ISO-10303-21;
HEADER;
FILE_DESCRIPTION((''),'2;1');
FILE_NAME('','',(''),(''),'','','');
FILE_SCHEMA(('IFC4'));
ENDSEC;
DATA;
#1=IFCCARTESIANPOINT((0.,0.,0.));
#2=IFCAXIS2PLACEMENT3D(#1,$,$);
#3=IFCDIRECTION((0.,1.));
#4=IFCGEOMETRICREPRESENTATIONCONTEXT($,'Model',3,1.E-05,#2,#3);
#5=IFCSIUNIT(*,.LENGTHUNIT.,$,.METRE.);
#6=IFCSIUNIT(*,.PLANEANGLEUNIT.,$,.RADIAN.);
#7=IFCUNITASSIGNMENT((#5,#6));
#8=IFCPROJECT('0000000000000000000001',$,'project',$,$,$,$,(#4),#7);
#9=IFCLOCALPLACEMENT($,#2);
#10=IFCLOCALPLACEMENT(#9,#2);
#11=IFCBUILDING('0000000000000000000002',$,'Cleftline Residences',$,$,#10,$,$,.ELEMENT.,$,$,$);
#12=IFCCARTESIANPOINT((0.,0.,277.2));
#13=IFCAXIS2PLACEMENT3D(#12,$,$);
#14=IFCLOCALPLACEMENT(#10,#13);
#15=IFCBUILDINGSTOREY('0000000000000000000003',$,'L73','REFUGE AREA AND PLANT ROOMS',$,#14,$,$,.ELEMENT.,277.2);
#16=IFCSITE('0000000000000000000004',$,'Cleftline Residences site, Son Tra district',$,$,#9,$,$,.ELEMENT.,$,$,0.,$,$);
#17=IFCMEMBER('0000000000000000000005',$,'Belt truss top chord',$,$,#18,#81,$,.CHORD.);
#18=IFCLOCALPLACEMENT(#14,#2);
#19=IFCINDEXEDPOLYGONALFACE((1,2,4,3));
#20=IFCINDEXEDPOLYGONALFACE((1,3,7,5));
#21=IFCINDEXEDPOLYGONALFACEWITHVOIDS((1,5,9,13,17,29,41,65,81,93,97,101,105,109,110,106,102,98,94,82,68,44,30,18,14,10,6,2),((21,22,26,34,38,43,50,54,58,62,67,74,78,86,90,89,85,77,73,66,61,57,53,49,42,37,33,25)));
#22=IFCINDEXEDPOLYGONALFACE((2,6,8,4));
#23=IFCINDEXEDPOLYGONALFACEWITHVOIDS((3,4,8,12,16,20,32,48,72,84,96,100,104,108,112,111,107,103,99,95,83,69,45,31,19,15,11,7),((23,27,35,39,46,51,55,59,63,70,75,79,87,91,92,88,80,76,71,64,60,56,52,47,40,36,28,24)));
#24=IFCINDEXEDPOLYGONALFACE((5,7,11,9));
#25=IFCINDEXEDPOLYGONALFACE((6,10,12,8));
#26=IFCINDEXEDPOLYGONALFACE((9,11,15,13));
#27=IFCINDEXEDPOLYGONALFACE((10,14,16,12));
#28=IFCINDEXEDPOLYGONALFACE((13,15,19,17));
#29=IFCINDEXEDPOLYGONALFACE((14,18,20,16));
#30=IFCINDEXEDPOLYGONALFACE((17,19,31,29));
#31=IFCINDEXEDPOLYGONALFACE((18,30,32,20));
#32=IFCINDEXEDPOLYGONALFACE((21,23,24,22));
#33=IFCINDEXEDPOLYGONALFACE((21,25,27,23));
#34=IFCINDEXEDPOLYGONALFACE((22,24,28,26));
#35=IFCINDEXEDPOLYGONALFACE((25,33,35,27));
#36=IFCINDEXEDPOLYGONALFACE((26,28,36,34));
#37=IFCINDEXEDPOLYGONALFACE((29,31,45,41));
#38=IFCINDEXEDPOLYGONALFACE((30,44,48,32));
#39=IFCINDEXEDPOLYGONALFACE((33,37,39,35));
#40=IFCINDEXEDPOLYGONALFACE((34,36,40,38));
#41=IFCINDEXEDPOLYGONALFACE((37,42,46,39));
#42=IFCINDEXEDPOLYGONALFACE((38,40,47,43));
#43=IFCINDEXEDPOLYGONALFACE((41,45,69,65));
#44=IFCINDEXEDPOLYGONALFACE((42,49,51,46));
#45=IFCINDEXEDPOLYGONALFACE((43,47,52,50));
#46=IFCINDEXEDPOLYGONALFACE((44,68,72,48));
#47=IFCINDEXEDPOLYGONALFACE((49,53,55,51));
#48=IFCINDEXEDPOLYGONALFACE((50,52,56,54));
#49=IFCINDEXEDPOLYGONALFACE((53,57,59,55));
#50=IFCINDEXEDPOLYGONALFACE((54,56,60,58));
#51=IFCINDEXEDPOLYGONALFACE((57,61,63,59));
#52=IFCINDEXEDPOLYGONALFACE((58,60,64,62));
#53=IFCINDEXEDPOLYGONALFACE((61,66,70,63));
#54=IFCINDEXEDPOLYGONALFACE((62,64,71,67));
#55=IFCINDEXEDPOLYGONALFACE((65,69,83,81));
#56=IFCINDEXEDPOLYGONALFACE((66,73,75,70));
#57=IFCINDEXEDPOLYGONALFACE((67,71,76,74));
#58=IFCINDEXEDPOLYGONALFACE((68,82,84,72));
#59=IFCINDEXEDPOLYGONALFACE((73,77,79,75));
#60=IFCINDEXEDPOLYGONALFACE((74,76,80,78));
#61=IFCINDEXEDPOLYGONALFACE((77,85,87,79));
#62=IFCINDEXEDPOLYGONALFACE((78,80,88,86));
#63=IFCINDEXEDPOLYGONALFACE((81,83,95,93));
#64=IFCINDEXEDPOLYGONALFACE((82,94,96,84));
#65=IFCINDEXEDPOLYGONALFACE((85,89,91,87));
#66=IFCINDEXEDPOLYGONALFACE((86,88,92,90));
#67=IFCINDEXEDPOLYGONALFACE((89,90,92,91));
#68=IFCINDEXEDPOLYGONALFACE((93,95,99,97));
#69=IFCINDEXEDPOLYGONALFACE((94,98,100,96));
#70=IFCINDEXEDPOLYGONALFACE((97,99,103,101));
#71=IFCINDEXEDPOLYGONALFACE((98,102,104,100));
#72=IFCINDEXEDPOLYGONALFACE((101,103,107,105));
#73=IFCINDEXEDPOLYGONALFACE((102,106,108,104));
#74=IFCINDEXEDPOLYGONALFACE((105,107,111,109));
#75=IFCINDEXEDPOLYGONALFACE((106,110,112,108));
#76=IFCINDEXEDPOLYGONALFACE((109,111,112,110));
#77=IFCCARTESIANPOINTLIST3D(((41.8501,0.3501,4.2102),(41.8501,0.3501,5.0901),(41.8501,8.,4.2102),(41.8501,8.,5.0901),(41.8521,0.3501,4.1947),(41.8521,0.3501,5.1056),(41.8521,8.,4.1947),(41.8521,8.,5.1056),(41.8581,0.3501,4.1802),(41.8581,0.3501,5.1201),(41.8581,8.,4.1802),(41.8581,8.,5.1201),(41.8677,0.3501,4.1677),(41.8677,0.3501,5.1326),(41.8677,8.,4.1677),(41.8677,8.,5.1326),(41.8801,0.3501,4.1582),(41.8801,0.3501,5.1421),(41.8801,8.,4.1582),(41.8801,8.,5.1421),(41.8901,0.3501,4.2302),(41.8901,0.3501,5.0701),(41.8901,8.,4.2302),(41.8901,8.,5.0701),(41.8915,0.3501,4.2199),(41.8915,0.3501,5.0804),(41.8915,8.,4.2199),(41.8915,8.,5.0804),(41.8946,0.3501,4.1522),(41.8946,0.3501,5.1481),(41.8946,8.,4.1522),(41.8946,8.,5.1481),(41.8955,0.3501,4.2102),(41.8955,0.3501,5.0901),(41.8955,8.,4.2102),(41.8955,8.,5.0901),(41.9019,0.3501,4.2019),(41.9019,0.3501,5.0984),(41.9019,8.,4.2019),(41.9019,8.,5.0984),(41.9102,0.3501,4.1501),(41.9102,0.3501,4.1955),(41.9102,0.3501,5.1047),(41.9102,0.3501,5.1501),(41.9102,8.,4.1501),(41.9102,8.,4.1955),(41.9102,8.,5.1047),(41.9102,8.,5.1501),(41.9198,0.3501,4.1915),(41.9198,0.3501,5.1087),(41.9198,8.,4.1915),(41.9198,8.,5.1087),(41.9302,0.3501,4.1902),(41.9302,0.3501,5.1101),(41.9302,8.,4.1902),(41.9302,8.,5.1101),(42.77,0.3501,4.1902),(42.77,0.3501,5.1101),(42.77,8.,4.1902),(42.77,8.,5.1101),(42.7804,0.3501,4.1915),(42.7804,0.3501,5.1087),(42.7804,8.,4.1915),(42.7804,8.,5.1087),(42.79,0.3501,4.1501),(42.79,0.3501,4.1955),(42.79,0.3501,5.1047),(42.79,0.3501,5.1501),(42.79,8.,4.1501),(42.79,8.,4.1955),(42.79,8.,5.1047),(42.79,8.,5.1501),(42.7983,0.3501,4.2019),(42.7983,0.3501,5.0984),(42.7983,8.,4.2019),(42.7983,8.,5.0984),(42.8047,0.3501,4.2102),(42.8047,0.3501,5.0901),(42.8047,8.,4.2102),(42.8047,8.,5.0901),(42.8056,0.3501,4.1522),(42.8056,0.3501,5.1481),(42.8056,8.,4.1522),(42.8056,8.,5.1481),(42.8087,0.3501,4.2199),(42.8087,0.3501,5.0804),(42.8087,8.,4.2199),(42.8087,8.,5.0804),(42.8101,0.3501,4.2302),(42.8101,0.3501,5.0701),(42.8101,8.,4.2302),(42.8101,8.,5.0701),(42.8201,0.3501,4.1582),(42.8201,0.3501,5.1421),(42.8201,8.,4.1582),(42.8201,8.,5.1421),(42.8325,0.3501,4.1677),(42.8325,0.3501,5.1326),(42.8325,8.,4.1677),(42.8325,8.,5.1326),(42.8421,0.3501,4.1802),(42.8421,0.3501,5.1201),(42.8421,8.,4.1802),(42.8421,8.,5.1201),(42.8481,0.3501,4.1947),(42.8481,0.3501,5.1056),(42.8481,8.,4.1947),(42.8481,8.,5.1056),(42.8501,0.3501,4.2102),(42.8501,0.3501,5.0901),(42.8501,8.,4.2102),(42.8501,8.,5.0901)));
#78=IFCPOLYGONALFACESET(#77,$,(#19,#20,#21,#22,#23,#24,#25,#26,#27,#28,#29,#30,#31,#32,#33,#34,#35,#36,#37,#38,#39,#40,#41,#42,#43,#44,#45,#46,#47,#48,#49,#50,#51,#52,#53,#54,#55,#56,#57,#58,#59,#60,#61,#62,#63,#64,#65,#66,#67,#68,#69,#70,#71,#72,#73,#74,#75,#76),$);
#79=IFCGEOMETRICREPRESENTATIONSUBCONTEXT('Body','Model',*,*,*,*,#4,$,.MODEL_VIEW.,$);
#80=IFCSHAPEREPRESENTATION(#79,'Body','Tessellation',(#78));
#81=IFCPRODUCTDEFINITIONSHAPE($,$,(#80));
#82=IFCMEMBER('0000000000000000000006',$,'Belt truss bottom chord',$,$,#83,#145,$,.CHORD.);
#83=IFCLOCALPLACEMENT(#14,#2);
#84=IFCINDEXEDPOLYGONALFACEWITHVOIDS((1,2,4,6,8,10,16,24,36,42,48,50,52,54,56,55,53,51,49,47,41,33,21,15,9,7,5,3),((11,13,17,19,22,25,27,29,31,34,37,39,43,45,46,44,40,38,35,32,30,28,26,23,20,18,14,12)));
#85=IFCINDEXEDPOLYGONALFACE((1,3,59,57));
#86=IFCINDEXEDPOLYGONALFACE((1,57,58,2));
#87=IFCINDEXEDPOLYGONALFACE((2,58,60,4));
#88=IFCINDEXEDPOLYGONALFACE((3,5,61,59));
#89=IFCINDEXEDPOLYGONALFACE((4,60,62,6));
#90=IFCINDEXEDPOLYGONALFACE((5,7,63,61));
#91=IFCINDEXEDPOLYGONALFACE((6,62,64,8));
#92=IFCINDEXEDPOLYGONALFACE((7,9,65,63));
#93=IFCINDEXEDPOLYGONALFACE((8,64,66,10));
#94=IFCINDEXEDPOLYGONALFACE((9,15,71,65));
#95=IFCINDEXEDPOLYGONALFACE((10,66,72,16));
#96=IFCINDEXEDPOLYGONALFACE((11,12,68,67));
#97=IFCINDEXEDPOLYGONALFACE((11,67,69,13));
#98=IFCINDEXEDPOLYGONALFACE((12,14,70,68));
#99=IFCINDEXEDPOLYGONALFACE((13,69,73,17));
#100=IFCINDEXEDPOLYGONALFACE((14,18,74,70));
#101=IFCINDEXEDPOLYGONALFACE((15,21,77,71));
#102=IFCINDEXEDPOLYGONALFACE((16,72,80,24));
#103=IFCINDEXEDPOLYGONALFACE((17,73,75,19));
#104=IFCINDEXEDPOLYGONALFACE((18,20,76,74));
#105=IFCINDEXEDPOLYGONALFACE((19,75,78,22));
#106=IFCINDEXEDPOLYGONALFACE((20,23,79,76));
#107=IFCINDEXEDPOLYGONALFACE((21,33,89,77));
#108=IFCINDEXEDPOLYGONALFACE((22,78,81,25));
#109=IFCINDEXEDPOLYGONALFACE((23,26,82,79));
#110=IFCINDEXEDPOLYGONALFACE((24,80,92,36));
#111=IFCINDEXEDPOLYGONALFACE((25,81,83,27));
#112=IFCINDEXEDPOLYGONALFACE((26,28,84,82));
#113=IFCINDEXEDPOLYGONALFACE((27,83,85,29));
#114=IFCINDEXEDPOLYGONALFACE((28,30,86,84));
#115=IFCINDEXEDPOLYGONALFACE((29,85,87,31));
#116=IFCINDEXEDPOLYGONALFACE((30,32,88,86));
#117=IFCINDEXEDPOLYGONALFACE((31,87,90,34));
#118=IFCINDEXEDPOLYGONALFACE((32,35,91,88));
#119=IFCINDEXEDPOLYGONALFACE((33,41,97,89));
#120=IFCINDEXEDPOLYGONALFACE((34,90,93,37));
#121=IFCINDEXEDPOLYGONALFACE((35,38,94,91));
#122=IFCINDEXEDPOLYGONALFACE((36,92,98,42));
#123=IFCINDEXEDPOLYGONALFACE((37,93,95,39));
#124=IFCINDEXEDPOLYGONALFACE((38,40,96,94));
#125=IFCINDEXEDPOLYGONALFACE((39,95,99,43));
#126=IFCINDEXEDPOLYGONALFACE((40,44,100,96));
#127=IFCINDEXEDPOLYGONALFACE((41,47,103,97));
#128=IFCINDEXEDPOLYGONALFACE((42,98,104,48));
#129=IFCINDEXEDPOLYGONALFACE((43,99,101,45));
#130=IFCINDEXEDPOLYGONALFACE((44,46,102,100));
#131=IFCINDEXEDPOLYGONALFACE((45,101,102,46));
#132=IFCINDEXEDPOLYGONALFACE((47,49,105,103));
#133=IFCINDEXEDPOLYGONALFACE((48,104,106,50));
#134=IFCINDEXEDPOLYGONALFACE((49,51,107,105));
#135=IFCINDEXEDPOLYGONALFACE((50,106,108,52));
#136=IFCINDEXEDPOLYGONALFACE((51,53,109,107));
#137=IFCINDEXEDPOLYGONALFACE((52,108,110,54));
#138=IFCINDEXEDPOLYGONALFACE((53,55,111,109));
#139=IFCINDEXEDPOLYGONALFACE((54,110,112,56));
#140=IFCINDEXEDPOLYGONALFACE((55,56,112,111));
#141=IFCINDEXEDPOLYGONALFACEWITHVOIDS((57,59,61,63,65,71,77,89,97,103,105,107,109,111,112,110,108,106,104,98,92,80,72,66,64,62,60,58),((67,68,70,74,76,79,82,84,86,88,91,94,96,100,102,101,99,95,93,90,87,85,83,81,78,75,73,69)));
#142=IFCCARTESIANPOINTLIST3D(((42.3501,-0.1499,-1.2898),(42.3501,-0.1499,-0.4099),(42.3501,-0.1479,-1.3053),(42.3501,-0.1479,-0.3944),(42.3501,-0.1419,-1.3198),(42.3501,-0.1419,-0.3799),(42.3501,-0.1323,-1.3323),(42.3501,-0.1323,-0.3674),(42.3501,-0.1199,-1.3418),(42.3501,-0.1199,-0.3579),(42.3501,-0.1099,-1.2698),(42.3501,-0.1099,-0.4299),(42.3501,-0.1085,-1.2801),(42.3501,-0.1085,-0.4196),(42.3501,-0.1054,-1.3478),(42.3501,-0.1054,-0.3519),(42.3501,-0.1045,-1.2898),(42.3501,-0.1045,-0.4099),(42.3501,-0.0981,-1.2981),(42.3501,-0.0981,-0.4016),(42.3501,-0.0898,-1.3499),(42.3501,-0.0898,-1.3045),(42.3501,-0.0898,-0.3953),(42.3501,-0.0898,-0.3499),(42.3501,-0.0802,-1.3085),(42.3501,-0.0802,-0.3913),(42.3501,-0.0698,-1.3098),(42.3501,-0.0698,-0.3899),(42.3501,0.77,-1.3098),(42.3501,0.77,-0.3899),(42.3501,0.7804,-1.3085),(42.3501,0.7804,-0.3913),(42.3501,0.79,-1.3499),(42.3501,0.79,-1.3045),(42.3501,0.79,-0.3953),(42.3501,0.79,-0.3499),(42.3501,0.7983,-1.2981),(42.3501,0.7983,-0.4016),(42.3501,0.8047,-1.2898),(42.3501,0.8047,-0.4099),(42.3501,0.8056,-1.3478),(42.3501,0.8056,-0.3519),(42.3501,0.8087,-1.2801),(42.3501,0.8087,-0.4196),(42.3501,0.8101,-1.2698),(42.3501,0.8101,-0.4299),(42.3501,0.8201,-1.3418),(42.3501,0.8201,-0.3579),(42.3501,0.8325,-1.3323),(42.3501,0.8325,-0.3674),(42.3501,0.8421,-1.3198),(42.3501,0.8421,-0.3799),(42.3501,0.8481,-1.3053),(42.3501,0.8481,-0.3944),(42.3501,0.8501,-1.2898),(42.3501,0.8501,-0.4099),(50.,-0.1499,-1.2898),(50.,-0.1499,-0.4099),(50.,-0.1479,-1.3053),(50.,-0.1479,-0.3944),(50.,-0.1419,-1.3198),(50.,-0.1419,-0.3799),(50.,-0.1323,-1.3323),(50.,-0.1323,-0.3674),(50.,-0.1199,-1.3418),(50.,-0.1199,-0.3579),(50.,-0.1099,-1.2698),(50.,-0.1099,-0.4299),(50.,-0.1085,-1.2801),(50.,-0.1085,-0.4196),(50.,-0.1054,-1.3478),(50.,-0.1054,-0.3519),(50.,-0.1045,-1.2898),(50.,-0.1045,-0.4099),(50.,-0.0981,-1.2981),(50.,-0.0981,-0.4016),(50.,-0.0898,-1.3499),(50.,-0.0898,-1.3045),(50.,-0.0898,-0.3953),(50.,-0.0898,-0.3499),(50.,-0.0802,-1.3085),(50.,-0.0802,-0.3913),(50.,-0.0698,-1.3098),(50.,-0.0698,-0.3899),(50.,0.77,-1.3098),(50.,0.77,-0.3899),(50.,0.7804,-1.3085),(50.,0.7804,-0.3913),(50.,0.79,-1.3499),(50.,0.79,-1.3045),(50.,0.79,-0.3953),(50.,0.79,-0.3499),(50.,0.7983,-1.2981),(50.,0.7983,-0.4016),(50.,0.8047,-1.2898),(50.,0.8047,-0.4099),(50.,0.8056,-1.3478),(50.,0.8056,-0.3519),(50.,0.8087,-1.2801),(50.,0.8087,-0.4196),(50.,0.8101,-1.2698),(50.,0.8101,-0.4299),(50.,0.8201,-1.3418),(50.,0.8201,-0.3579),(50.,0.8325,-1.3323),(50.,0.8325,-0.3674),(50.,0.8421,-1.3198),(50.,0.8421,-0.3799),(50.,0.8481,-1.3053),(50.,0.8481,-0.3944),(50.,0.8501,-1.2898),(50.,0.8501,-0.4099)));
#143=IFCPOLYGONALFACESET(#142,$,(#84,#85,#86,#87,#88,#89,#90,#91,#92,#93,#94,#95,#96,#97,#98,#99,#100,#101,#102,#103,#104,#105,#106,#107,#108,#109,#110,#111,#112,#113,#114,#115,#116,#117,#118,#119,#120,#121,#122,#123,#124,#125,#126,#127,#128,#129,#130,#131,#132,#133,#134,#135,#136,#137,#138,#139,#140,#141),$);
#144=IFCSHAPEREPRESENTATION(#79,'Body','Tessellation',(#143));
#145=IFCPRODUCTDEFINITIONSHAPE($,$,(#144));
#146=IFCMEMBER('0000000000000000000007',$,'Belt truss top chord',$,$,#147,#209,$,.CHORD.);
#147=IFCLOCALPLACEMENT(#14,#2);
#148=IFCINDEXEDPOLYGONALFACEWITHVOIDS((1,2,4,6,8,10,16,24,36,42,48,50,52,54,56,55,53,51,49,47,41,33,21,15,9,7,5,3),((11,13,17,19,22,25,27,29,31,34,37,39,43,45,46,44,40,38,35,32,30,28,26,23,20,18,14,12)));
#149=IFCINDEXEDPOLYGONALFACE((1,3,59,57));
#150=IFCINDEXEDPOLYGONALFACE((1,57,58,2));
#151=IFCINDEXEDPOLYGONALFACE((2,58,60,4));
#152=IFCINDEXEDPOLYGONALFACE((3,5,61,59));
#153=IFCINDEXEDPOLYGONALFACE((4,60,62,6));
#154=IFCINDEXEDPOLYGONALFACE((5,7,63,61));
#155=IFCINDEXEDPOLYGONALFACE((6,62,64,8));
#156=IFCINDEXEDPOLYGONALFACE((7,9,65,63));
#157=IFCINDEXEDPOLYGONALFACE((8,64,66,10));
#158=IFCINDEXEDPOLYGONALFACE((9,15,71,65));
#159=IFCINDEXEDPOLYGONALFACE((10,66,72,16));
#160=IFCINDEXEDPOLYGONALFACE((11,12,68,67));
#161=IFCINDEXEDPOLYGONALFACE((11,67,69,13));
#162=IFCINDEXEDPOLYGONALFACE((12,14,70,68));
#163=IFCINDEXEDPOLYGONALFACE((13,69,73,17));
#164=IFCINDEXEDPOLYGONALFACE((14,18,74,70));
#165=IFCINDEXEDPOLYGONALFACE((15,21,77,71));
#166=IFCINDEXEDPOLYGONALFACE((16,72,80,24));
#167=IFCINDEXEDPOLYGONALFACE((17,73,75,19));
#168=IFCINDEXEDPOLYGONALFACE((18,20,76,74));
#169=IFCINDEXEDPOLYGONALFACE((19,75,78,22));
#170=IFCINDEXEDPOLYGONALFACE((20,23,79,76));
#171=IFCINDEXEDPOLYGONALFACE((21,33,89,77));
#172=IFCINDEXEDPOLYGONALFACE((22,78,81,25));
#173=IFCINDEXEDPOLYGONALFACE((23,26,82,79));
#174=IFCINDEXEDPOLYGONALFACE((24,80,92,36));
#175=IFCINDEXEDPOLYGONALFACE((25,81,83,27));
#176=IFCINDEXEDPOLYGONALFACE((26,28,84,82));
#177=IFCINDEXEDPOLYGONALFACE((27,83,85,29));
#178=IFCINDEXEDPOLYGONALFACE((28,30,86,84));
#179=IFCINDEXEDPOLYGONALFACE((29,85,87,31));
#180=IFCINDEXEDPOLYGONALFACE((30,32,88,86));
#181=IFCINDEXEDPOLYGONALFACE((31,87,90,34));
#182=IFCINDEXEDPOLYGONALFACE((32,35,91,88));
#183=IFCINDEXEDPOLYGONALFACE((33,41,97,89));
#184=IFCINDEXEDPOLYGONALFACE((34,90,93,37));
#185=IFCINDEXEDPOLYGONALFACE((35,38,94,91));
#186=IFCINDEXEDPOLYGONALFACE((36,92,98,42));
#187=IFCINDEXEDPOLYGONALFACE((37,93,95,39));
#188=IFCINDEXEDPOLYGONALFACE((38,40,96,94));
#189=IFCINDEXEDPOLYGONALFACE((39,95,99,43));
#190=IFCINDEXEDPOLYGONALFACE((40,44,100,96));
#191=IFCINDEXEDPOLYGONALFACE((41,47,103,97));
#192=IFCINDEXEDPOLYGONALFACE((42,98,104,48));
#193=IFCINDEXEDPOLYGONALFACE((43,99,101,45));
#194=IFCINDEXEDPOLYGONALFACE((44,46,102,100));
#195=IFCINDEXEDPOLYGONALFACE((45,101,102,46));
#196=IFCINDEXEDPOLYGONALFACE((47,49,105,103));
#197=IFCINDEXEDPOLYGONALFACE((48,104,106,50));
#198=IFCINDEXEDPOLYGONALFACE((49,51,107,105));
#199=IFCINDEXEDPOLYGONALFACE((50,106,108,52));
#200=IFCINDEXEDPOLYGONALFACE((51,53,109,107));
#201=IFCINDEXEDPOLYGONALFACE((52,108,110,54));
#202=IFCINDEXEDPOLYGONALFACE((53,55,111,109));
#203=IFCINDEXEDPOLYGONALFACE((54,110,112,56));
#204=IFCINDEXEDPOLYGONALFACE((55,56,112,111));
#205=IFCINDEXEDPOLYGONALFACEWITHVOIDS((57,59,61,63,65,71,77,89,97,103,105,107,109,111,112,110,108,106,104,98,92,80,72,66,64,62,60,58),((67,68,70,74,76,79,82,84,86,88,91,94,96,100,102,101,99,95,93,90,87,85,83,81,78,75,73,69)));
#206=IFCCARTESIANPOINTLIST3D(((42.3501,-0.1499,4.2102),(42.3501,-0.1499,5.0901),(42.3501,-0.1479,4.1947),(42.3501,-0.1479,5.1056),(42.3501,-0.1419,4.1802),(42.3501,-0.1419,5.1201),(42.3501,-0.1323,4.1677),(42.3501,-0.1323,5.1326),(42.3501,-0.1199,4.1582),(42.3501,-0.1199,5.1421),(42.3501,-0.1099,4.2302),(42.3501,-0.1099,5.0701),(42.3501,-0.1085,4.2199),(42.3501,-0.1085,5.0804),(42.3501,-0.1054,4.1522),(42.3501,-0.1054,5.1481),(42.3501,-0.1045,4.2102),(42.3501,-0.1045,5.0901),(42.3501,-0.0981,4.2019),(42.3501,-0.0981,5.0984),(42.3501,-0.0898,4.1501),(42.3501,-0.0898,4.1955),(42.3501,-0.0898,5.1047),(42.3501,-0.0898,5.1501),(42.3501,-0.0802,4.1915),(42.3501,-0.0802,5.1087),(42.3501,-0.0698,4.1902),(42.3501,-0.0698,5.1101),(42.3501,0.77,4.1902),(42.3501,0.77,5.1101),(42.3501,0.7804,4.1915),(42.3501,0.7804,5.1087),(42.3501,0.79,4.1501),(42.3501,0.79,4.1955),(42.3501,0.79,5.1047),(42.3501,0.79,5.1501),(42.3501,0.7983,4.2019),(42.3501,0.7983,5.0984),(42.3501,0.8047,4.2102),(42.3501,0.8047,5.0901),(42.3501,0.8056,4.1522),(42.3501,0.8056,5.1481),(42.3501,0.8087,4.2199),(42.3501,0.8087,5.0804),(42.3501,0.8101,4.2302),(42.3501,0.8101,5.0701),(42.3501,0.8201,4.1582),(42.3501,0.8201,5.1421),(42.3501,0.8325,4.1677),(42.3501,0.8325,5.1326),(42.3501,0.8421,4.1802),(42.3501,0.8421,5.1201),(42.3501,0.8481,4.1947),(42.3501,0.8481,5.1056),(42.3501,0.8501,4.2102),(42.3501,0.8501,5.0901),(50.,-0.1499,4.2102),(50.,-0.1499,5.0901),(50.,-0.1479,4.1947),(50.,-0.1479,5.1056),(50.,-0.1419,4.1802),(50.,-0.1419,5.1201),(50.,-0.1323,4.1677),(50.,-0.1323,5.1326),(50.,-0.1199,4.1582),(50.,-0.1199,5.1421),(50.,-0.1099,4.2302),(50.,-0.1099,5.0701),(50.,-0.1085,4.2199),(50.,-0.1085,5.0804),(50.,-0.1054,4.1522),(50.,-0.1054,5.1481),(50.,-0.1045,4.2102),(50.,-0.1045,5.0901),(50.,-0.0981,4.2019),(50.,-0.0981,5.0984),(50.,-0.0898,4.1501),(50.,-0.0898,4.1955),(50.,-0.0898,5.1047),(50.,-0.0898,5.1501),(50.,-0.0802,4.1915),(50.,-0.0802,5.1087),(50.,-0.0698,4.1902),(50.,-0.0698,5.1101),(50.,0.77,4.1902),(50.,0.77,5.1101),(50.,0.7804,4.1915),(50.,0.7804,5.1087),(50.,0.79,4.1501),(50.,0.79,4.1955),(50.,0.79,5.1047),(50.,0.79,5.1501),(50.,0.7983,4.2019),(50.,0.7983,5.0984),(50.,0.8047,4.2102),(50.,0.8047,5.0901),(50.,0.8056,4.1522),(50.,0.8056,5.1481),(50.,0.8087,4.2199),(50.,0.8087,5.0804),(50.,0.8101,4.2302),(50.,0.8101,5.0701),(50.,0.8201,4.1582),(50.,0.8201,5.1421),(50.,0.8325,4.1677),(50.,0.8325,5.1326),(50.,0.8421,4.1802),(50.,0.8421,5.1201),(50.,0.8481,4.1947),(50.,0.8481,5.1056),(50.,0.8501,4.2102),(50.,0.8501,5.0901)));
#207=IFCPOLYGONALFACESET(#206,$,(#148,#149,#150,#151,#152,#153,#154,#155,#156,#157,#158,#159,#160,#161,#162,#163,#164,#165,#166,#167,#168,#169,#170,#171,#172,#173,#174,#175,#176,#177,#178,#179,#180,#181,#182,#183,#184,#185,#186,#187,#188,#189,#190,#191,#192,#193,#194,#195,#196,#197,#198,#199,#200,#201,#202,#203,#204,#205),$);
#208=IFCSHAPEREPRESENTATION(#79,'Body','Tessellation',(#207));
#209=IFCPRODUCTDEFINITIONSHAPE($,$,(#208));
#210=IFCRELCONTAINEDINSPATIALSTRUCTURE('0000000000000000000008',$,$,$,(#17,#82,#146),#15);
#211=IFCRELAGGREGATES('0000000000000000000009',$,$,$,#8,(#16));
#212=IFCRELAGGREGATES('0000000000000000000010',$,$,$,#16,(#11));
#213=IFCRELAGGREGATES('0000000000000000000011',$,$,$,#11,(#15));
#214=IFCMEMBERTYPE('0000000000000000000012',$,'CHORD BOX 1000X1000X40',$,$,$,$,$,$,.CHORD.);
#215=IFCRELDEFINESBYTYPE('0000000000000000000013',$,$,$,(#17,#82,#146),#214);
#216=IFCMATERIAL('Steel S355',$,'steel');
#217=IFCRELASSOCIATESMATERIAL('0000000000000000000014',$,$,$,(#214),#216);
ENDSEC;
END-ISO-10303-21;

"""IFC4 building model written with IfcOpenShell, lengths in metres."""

from ifc_helpers import new_model, si_unit, direction, frame, origin, origin_2d, place, context, subcontext, project, spatial, hollow_rectangle, extrude, material, material_profile, profile_set, type_object, element, save


model = new_model("IFC4")

# Units and contexts
model_context = context("Model", 3, precision=1e-05, world=origin(), true_north=direction((0.0, 1.0)))
body_context = subcontext(model_context, "Body", "Model", "MODEL_VIEW")
ifc_project = project(units=[si_unit("LENGTHUNIT", "METRE"), si_unit("PLANEANGLEUNIT", "RADIAN")], contexts=[model_context])

# Site, building, storey
site_placement = place(None, origin())
site = spatial("IfcSite", under=ifc_project, at=site_placement, Name="Cleftline Residences site, Son Tra district", CompositionType="ELEMENT", RefElevation=0.0)
building_placement = place(site_placement, origin())
building = spatial("IfcBuilding", under=site, at=building_placement, Name="Cleftline Residences", CompositionType="ELEMENT")
storey_placement = place(building_placement, frame((0.0, 0.0, 277.2)))
storey = spatial("IfcBuildingStorey", under=building, at=storey_placement, Name="L73", Description="REFUGE AREA AND PLANT ROOMS", CompositionType="ELEMENT", Elevation=277.2)

# Members
ifc_material_1 = material(Name="Steel S355", Category="steel")
ifc_material_profile_1 = material_profile(ifc_material_1, hollow_rectangle(XDim=1.0, YDim=1.0, WallThickness=0.04, InnerFilletRadius=0.04, OuterFilletRadius=0.0601, at=origin_2d()))
ifc_profile_set_1 = profile_set([ifc_material_profile_1], Name="Steel S355")
member_type_1 = type_object("IfcMemberType", Name="CHORD BOX 1000X1000X40", PredefinedType="CHORD", material=ifc_profile_set_1)
for number, where, z_axis, x_axis, name in (
    (1, (42.3501, 0.3501, 4.6501), (0.0, 1.0, 0.0), (-1.0, 0.0, 0.0), "Belt truss top chord"),
    (2, (42.3501, 0.3501, -0.8499), (1.0, 0.0, 0.0), (0.0, 1.0, 0.0), "Belt truss bottom chord"),
    (3, (42.3501, 0.3501, 4.6501), (1.0, 0.0, 0.0), (0.0, 1.0, 0.0), "Belt truss top chord"),
):
    element("IfcMember", number, at=place(storey_placement, frame(where, z_axis=z_axis, x_axis=x_axis)), inside=storey, type_object=member_type_1, Name=name, PredefinedType="CHORD", context=body_context, shape_type="SweptSolid", body=[
        extrude(hollow_rectangle(XDim=1.0, YDim=1.0, WallThickness=0.04, InnerFilletRadius=0.04, OuterFilletRadius=0.0601, at=origin_2d()), origin(), (0.0, 0.0, 1.0), 7.6499),
    ])

save(model, "model.ifc")
